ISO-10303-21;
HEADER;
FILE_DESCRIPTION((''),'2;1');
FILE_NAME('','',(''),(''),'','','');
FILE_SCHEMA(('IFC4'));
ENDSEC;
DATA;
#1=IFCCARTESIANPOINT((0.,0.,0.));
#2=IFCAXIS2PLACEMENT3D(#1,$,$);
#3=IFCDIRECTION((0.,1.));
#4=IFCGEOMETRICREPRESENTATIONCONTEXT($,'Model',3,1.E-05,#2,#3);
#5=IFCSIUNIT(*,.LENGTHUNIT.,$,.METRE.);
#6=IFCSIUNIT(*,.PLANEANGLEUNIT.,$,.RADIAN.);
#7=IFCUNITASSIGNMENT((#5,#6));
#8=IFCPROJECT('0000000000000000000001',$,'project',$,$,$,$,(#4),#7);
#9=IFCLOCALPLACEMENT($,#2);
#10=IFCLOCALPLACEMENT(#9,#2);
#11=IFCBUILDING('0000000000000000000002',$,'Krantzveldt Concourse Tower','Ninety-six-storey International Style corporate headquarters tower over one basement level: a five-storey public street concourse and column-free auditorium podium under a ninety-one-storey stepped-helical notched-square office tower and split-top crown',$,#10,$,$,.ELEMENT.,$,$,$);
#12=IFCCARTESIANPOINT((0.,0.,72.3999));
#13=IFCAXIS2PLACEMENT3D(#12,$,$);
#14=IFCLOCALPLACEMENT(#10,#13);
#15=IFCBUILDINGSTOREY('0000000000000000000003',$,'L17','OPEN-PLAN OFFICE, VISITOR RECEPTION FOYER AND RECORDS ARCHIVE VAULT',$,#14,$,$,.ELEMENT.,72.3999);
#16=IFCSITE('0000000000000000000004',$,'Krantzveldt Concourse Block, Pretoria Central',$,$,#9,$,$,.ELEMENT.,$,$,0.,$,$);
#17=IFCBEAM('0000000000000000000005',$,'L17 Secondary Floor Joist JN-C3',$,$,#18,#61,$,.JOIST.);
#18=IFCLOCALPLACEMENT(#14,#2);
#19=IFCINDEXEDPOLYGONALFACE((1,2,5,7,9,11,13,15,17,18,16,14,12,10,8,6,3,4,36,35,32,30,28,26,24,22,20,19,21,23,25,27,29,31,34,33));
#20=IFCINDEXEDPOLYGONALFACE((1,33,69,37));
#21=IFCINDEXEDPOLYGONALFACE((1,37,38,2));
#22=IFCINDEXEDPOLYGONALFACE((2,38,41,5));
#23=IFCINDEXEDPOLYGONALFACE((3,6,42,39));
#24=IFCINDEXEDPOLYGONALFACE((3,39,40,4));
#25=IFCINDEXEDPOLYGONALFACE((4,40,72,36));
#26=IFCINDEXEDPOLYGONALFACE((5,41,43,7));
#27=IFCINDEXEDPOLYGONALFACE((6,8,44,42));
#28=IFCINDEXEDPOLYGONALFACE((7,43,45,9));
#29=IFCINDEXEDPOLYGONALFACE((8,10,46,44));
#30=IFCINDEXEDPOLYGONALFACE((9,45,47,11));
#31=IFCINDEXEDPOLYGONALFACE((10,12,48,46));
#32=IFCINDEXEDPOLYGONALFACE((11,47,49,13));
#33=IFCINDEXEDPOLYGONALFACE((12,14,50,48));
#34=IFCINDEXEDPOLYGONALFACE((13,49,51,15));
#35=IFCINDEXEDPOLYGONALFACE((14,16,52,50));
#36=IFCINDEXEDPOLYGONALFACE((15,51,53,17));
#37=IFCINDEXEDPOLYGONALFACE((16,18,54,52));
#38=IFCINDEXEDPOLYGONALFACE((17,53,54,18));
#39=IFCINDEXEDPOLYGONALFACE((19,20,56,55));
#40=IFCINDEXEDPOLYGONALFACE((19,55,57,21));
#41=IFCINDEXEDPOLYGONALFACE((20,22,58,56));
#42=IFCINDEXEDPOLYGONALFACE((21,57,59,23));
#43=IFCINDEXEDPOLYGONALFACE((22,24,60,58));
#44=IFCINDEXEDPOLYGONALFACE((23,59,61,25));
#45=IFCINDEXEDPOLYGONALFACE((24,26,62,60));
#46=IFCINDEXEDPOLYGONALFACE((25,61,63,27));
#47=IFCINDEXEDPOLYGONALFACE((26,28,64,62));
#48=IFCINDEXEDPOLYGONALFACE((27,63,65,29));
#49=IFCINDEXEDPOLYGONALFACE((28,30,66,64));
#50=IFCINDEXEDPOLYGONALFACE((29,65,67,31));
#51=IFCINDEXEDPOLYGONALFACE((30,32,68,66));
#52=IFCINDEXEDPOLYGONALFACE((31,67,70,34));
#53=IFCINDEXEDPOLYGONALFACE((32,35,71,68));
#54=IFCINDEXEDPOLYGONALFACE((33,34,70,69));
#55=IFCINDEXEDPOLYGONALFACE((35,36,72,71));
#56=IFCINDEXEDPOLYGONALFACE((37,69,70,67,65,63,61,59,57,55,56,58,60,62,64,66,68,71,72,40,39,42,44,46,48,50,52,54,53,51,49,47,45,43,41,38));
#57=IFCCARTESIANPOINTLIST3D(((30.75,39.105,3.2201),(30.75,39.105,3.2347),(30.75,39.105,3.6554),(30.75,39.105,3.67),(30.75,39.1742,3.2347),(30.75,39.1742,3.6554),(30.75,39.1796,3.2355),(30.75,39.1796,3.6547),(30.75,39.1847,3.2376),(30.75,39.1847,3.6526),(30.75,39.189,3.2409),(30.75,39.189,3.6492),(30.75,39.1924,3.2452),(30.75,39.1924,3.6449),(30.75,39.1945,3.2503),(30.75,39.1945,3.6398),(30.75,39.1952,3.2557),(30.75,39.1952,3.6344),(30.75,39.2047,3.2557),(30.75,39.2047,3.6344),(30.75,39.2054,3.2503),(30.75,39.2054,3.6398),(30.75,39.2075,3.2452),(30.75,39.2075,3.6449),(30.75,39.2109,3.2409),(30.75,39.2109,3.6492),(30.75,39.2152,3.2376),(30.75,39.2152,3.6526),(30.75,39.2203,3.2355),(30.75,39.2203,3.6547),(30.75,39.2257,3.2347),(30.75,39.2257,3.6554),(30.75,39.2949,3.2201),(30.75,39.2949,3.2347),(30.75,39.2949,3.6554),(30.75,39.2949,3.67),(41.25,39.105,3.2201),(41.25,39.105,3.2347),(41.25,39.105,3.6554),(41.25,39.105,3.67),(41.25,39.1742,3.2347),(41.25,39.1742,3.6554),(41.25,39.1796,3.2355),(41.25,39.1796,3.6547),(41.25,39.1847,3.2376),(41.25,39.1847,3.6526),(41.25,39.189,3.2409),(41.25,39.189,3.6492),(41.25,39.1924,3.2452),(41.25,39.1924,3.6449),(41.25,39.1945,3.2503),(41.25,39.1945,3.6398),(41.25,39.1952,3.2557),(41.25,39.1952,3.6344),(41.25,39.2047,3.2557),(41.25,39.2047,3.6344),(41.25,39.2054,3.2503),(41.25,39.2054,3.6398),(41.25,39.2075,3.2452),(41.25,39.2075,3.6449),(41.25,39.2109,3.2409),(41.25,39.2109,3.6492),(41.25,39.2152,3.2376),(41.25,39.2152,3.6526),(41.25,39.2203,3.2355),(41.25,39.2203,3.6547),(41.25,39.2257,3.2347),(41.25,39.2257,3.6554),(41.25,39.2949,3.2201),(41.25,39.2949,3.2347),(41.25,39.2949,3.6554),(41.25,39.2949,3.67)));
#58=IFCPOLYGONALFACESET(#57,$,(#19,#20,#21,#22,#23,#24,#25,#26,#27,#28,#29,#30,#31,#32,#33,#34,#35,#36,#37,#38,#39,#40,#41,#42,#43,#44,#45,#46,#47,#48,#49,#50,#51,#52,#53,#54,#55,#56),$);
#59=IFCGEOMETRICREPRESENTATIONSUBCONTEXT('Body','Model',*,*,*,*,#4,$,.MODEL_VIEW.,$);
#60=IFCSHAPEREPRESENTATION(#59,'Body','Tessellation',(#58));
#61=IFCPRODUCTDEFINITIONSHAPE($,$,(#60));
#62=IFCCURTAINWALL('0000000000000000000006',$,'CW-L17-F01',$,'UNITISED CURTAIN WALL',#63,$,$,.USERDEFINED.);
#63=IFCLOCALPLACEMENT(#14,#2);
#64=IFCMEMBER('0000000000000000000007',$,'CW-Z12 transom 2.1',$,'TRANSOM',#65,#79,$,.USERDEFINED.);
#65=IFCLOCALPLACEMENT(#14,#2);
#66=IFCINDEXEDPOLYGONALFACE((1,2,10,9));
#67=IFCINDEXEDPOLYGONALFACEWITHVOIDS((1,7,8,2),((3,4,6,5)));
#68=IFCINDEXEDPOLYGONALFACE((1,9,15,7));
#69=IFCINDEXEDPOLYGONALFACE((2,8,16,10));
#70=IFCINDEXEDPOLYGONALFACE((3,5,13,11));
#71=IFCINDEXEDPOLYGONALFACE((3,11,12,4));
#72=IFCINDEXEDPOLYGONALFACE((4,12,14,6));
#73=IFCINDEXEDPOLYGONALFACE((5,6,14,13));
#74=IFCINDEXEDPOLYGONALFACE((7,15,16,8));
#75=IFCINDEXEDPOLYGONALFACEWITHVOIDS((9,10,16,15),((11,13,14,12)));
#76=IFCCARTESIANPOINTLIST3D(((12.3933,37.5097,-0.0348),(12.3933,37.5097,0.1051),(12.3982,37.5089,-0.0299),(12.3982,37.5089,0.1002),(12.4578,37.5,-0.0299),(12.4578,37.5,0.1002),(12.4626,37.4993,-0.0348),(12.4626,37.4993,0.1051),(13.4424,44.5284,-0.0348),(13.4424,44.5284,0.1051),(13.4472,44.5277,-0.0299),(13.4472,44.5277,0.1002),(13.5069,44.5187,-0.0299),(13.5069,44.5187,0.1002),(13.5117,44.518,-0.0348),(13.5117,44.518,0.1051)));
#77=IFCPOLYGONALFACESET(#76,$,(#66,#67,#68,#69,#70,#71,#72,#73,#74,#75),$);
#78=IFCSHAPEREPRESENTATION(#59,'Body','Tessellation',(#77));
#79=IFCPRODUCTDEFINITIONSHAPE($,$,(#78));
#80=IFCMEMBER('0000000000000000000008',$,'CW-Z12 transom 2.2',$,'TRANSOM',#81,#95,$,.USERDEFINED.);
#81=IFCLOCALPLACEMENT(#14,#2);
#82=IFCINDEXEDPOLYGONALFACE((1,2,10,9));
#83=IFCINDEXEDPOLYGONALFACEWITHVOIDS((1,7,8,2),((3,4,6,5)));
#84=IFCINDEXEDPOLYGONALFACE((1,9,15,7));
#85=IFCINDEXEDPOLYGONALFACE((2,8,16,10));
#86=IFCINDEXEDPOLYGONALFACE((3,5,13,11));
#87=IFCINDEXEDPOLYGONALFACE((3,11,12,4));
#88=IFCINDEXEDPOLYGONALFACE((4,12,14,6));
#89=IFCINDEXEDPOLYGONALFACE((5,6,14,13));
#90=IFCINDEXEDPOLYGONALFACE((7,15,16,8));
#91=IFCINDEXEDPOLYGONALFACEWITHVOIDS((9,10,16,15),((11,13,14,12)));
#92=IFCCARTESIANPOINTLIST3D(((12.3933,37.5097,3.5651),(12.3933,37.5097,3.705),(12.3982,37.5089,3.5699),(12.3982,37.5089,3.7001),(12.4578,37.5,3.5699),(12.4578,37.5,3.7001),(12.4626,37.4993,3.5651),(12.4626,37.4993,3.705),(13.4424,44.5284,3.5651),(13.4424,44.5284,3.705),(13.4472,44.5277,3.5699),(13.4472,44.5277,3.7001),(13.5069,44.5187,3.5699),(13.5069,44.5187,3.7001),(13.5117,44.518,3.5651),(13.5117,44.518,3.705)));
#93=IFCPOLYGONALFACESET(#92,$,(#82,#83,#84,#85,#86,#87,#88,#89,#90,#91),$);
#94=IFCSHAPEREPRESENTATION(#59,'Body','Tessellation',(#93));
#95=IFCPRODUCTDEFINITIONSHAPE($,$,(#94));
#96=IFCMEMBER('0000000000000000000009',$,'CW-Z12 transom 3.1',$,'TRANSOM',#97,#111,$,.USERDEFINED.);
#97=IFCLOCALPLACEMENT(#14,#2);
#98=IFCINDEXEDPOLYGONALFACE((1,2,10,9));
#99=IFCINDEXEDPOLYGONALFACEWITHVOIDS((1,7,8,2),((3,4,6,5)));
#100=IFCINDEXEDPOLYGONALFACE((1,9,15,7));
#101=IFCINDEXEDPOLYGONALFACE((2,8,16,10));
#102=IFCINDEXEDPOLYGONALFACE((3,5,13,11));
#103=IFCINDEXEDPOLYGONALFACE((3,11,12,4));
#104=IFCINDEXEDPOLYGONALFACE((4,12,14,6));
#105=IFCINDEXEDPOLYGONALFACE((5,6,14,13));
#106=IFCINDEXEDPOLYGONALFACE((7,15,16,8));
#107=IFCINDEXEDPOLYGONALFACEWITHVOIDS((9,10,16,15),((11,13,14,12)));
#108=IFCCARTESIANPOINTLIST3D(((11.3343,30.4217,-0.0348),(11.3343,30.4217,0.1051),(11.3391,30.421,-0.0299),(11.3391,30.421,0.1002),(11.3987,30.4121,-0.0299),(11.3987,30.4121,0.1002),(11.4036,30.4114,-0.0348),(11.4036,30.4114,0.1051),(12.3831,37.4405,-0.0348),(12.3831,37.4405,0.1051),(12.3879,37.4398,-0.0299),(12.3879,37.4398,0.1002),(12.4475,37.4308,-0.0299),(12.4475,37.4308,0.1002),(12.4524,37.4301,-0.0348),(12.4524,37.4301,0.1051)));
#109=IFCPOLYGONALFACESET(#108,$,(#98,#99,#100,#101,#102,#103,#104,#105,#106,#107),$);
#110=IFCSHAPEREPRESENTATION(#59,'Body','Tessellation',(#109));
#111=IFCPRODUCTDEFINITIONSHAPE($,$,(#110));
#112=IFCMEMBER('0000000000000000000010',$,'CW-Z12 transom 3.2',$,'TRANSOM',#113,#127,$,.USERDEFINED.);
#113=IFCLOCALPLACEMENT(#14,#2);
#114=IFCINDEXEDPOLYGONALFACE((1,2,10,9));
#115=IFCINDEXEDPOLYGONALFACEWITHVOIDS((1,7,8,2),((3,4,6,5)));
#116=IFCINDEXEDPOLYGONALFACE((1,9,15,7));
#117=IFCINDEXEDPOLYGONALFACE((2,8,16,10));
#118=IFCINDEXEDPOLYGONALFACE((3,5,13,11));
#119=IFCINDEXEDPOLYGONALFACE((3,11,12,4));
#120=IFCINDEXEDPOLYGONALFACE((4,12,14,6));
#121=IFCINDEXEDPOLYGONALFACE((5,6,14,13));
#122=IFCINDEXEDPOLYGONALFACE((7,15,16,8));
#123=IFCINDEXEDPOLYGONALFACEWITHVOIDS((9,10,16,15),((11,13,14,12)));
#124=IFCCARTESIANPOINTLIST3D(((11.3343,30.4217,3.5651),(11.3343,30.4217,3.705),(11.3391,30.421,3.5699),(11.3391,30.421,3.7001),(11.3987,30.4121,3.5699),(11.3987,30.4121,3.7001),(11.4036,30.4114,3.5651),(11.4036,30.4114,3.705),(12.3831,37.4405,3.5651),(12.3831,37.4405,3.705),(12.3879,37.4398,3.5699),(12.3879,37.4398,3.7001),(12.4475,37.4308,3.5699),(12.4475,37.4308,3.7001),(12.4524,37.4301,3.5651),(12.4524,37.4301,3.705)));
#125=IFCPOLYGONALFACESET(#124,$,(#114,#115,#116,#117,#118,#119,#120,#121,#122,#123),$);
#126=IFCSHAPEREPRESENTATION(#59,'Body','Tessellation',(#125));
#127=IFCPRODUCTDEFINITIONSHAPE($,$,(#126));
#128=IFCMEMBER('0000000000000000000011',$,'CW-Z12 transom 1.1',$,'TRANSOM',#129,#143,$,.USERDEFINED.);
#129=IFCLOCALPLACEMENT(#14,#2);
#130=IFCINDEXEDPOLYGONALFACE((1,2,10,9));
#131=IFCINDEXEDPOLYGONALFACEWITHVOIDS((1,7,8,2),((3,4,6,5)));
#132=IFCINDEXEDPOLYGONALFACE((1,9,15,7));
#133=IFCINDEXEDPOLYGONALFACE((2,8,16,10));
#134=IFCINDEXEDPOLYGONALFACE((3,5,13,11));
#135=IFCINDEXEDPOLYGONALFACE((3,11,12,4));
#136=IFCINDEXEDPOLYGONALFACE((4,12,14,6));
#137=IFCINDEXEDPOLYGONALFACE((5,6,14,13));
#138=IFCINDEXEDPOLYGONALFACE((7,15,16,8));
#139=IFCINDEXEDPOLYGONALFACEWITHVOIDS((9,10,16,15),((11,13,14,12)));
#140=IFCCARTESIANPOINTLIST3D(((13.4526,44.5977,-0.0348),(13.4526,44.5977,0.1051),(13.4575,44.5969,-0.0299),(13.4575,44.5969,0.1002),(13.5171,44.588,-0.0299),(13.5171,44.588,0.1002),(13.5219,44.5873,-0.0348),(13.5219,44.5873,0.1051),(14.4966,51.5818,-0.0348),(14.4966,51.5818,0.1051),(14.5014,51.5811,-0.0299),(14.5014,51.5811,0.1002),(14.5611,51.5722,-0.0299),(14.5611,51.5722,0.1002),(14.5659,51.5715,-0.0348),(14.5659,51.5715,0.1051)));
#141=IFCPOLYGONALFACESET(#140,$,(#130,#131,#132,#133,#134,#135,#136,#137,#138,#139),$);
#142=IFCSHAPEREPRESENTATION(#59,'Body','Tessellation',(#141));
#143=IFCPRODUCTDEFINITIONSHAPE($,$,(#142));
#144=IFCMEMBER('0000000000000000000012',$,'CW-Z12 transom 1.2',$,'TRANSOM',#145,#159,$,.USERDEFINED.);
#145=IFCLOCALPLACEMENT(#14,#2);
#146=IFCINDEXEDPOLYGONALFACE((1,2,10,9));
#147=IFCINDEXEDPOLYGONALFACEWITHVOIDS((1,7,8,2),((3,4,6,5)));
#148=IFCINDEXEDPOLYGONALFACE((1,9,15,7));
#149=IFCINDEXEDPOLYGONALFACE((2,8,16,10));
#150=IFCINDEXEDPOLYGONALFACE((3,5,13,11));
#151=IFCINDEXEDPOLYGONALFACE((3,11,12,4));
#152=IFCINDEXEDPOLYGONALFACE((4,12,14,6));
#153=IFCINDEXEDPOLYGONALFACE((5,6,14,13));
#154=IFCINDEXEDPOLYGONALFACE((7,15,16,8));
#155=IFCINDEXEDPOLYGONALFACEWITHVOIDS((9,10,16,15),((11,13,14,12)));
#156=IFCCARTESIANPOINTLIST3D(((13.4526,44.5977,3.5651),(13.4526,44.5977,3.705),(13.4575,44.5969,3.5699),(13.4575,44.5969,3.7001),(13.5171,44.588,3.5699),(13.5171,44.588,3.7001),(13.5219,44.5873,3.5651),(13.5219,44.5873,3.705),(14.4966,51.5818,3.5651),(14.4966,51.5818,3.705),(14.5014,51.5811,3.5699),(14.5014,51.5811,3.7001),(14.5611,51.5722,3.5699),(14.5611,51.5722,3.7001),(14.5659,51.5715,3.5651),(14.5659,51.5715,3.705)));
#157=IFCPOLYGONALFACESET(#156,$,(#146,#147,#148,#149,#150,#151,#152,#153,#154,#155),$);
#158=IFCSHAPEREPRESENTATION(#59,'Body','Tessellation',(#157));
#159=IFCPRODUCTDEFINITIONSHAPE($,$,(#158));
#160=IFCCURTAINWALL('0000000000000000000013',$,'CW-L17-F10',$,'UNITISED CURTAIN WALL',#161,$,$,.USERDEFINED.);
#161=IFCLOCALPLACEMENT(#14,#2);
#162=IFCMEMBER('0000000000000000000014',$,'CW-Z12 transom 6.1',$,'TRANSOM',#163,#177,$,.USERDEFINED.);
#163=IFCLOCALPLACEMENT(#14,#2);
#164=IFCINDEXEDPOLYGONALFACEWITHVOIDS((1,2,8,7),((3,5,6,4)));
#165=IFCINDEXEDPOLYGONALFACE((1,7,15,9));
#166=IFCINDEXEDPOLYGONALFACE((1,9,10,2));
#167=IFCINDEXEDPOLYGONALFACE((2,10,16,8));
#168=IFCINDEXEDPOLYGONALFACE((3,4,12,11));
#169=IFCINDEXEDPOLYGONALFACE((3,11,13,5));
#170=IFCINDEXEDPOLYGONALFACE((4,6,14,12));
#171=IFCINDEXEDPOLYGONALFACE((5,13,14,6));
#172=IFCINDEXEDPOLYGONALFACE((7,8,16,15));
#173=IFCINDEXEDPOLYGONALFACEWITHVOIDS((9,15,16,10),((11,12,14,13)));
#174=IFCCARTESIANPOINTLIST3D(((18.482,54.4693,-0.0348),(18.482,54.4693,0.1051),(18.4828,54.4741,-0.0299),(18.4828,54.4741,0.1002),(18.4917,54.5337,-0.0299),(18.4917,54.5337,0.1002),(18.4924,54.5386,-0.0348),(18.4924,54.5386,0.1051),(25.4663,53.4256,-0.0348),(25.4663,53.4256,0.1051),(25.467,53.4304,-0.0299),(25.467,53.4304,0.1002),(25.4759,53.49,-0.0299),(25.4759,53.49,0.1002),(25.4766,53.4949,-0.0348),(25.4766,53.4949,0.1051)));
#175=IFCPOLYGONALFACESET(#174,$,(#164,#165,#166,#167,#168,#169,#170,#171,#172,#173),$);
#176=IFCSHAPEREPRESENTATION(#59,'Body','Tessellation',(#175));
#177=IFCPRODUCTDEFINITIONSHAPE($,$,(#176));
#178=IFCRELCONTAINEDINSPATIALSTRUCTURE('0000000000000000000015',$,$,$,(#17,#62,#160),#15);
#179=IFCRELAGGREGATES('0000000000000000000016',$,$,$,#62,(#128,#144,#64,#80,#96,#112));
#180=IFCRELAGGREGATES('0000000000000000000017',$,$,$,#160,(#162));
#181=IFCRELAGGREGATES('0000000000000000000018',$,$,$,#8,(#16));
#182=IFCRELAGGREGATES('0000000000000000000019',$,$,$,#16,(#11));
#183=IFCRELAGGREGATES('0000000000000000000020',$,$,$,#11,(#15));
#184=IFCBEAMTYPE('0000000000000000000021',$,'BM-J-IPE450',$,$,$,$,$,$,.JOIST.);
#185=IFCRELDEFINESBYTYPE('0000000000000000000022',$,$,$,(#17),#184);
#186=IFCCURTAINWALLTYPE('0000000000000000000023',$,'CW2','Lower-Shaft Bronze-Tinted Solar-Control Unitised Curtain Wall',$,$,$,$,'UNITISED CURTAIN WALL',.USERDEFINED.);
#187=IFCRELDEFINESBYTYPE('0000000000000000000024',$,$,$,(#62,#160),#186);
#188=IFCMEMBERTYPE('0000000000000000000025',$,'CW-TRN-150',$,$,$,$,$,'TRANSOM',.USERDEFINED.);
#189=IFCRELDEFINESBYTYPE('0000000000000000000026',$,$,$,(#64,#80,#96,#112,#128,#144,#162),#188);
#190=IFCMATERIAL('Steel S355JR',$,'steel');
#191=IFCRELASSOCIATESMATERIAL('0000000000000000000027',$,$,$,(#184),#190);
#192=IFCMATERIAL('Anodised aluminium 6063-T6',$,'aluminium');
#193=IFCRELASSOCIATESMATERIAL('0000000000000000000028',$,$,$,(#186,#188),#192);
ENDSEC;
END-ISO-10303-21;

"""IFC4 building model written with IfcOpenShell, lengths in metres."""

from ifc_helpers import new_model, si_unit, direction, frame, origin, origin_2d, place, context, subcontext, project, spatial, hollow_rectangle, i_section, extrude, source, transform, mapped, material, material_profile, profile_set, type_object, type_shapes, element, aggregate, save


model = new_model("IFC4")

# Units and contexts
model_context = context("Model", 3, precision=1e-05, world=origin(), true_north=direction((0.0, 1.0)))
body_context = subcontext(model_context, "Body", "Model", "MODEL_VIEW")
ifc_project = project(units=[si_unit("LENGTHUNIT", "METRE"), si_unit("PLANEANGLEUNIT", "RADIAN")], contexts=[model_context])

# Site, building, storey
site_placement = place(None, origin())
site = spatial("IfcSite", under=ifc_project, at=site_placement, Name="Krantzveldt Concourse Block, Pretoria Central", CompositionType="ELEMENT", RefElevation=0.0)
building_placement = place(site_placement, origin())
building = spatial("IfcBuilding", under=site, at=building_placement, Name="Krantzveldt Concourse Tower", Description="Ninety-six-storey International Style corporate headquarters tower over one basement level: a five-storey public street concourse and column-free auditorium podium under a ninety-one-storey stepped-helical notched-square office tower and split-top crown", CompositionType="ELEMENT")
storey_placement = place(building_placement, frame((0.0, 0.0, 72.3999)))
storey = spatial("IfcBuildingStorey", under=building, at=storey_placement, Name="L17", Description="OPEN-PLAN OFFICE, VISITOR RECEPTION FOYER AND RECORDS ARCHIVE VAULT", CompositionType="ELEMENT", Elevation=72.3999)

# Beam
ifc_material_1 = material(Name="Steel S355JR", Category="steel")
ifc_material_profile_1 = material_profile(ifc_material_1, i_section(OverallWidth=0.1899, OverallDepth=0.45, WebThickness=0.0095, FlangeThickness=0.0146, FilletRadius=0.021, at=origin_2d()), Name="Steel S355JR", Category="steel")
ifc_profile_set_1 = profile_set([ifc_material_profile_1], Name="Steel S355JR - IPE 450")
beam_type_1 = type_object("IfcBeamType", Name="BM-J-IPE450", PredefinedType="JOIST", material=ifc_profile_set_1)
shared_shape_1 = source(origin(), body_context, "Body", "SweptSolid", [
    extrude(i_section(OverallWidth=0.1899, OverallDepth=0.45, WebThickness=0.0095, FlangeThickness=0.0146, FilletRadius=0.021, at=origin_2d()), origin(), (0.0, 0.0, 1.0), 10.5),
])
type_shapes(beam_type_1, [shared_shape_1])
beam_1_placement = place(storey_placement, frame((30.75, 39.2, 3.4451), z_axis=(1.0, 0.0, 0.0), x_axis=(0.0, 1.0, 0.0)))
element("IfcBeam", 1, at=beam_1_placement, inside=storey, type_object=beam_type_1, Name="L17 Secondary Floor Joist JN-C3", PredefinedType="JOIST", context=body_context, shape_type="MappedRepresentation", body=[
    mapped(shared_shape_1, transform((0.0, 0.0, 0.0), x_axis=(1.0, 0.0, 0.0), y_axis=(0.0, 1.0, 0.0), z_axis=(0.0, 0.0, 1.0), scale=1.0)),
])

# Curtain walls, members
ifc_material_2 = material(Name="Anodised aluminium 6063-T6", Category="aluminium")
curtain_wall_type = type_object("IfcCurtainWallType", Name="CW2", Description="Lower-Shaft Bronze-Tinted Solar-Control Unitised Curtain Wall", ElementType="UNITISED CURTAIN WALL", PredefinedType="USERDEFINED", material=ifc_material_2)
curtain_wall_1_placement = place(storey_placement, origin())
curtain_wall_1 = element("IfcCurtainWall", 2, at=curtain_wall_1_placement, inside=storey, type_object=curtain_wall_type, Name="CW-L17-F01", ObjectType="UNITISED CURTAIN WALL", PredefinedType="USERDEFINED")
ifc_material_profile_2 = material_profile(ifc_material_2, hollow_rectangle(XDim=0.0701, YDim=0.1399, WallThickness=0.0049, at=origin_2d()), Name="Anodised aluminium 6063-T6", Category="aluminium")
ifc_profile_set_2 = profile_set([ifc_material_profile_2], Name="Anodised aluminium 6063-T6 - ALU-TRAN 140x70x5")
member_type_1 = type_object("IfcMemberType", Name="CW-TRN-150", ElementType="TRANSOM", PredefinedType="USERDEFINED", material=ifc_profile_set_2)
shared_shape_2 = source(origin(), body_context, "Body", "SweptSolid", [
    extrude(hollow_rectangle(XDim=0.0701, YDim=0.1399, WallThickness=0.0049, at=origin_2d()), origin(), (0.0, 0.0, 1.0), 7.0967),
])
member_1_placement = place(storey_placement, frame((13.4771, 44.5232, 0.0352), z_axis=(-0.147824, -0.989014, 0.0), x_axis=(0.989014, -0.147824, 0.0)))
member_1 = element("IfcMember", 3, at=member_1_placement, type_object=member_type_1, Name="CW-Z12 transom 2.1", ObjectType="TRANSOM", PredefinedType="USERDEFINED", context=body_context, shape_type="MappedRepresentation", body=[
    mapped(shared_shape_2, transform((0.0, 0.0, 0.0), x_axis=(1.0, 0.0, 0.0), y_axis=(0.0, 1.0, 0.0), z_axis=(0.0, 0.0, 1.0), scale=1.0)),
])
member_2_placement = place(storey_placement, frame((13.4771, 44.5232, 3.635), z_axis=(-0.147824, -0.989014, 0.0), x_axis=(0.989014, -0.147824, 0.0)))
member_2 = element("IfcMember", 4, at=member_2_placement, type_object=member_type_1, Name="CW-Z12 transom 2.2", ObjectType="TRANSOM", PredefinedType="USERDEFINED", context=body_context, shape_type="MappedRepresentation", body=[
    mapped(shared_shape_2, transform((0.0, 0.0, 0.0), x_axis=(1.0, 0.0, 0.0), y_axis=(0.0, 1.0, 0.0), z_axis=(0.0, 0.0, 1.0), scale=1.0)),
])
member_3_placement = place(storey_placement, frame((12.4177, 37.4353, 0.0352), z_axis=(-0.14779, -0.989019, 0.0), x_axis=(0.989019, -0.14779, 0.0)))
member_3 = element("IfcMember", 5, at=member_3_placement, type_object=member_type_1, Name="CW-Z12 transom 3.1", ObjectType="TRANSOM", PredefinedType="USERDEFINED", context=body_context, shape_type="MappedRepresentation", body=[
    mapped(shared_shape_2, transform((0.0, 0.0, 0.0), x_axis=(1.0, 0.0, 0.0), y_axis=(0.0, 1.0, 0.0), z_axis=(0.0, 0.0, 1.0), scale=1.0)),
])
member_4_placement = place(storey_placement, frame((12.4177, 37.4353, 3.635), z_axis=(-0.14779, -0.989019, 0.0), x_axis=(0.989019, -0.14779, 0.0)))
member_4 = element("IfcMember", 6, at=member_4_placement, type_object=member_type_1, Name="CW-Z12 transom 3.2", ObjectType="TRANSOM", PredefinedType="USERDEFINED", context=body_context, shape_type="MappedRepresentation", body=[
    mapped(shared_shape_2, transform((0.0, 0.0, 0.0), x_axis=(1.0, 0.0, 0.0), y_axis=(0.0, 1.0, 0.0), z_axis=(0.0, 0.0, 1.0), scale=1.0)),
])
shared_shape_3 = source(origin(), body_context, "Body", "SweptSolid", [
    extrude(hollow_rectangle(XDim=0.0701, YDim=0.1399, WallThickness=0.0049, at=origin_2d()), origin(), (0.0, 0.0, 1.0), 7.0618),
])
member_5_placement = place(storey_placement, frame((14.5312, 51.5767, 0.0352), z_axis=(-0.147832, -0.989013, 0.0), x_axis=(0.989013, -0.147832, 0.0)))
member_5 = element("IfcMember", 7, at=member_5_placement, type_object=member_type_1, Name="CW-Z12 transom 1.1", ObjectType="TRANSOM", PredefinedType="USERDEFINED", context=body_context, shape_type="MappedRepresentation", body=[
    mapped(shared_shape_3, transform((0.0, 0.0, 0.0), x_axis=(1.0, 0.0, 0.0), y_axis=(0.0, 1.0, 0.0), z_axis=(0.0, 0.0, 1.0), scale=1.0)),
])
member_6_placement = place(storey_placement, frame((14.5312, 51.5767, 3.635), z_axis=(-0.147832, -0.989013, 0.0), x_axis=(0.989013, -0.147832, 0.0)))
member_6 = element("IfcMember", 8, at=member_6_placement, type_object=member_type_1, Name="CW-Z12 transom 1.2", ObjectType="TRANSOM", PredefinedType="USERDEFINED", context=body_context, shape_type="MappedRepresentation", body=[
    mapped(shared_shape_3, transform((0.0, 0.0, 0.0), x_axis=(1.0, 0.0, 0.0), y_axis=(0.0, 1.0, 0.0), z_axis=(0.0, 0.0, 1.0), scale=1.0)),
])
curtain_wall_2_placement = place(storey_placement, origin())
curtain_wall_2 = element("IfcCurtainWall", 9, at=curtain_wall_2_placement, inside=storey, type_object=curtain_wall_type, Name="CW-L17-F10", ObjectType="UNITISED CURTAIN WALL", PredefinedType="USERDEFINED")
member_7_placement = place(storey_placement, frame((25.4714, 53.4602, 0.0352), z_axis=(-0.989018, 0.147798, 0.0), x_axis=(-0.147798, -0.989018, 0.0)))
member_7 = element("IfcMember", 10, at=member_7_placement, type_object=member_type_1, Name="CW-Z12 transom 6.1", ObjectType="TRANSOM", PredefinedType="USERDEFINED", context=body_context, shape_type="MappedRepresentation", body=[
    mapped(shared_shape_3, transform((0.0, 0.0, 0.0), x_axis=(1.0, 0.0, 0.0), y_axis=(0.0, 1.0, 0.0), z_axis=(0.0, 0.0, 1.0), scale=1.0)),
])

aggregate(curtain_wall_1, [member_5, member_6, member_1, member_2, member_3, member_4])
aggregate(curtain_wall_2, [member_7])

save(model, "model.ifc")
